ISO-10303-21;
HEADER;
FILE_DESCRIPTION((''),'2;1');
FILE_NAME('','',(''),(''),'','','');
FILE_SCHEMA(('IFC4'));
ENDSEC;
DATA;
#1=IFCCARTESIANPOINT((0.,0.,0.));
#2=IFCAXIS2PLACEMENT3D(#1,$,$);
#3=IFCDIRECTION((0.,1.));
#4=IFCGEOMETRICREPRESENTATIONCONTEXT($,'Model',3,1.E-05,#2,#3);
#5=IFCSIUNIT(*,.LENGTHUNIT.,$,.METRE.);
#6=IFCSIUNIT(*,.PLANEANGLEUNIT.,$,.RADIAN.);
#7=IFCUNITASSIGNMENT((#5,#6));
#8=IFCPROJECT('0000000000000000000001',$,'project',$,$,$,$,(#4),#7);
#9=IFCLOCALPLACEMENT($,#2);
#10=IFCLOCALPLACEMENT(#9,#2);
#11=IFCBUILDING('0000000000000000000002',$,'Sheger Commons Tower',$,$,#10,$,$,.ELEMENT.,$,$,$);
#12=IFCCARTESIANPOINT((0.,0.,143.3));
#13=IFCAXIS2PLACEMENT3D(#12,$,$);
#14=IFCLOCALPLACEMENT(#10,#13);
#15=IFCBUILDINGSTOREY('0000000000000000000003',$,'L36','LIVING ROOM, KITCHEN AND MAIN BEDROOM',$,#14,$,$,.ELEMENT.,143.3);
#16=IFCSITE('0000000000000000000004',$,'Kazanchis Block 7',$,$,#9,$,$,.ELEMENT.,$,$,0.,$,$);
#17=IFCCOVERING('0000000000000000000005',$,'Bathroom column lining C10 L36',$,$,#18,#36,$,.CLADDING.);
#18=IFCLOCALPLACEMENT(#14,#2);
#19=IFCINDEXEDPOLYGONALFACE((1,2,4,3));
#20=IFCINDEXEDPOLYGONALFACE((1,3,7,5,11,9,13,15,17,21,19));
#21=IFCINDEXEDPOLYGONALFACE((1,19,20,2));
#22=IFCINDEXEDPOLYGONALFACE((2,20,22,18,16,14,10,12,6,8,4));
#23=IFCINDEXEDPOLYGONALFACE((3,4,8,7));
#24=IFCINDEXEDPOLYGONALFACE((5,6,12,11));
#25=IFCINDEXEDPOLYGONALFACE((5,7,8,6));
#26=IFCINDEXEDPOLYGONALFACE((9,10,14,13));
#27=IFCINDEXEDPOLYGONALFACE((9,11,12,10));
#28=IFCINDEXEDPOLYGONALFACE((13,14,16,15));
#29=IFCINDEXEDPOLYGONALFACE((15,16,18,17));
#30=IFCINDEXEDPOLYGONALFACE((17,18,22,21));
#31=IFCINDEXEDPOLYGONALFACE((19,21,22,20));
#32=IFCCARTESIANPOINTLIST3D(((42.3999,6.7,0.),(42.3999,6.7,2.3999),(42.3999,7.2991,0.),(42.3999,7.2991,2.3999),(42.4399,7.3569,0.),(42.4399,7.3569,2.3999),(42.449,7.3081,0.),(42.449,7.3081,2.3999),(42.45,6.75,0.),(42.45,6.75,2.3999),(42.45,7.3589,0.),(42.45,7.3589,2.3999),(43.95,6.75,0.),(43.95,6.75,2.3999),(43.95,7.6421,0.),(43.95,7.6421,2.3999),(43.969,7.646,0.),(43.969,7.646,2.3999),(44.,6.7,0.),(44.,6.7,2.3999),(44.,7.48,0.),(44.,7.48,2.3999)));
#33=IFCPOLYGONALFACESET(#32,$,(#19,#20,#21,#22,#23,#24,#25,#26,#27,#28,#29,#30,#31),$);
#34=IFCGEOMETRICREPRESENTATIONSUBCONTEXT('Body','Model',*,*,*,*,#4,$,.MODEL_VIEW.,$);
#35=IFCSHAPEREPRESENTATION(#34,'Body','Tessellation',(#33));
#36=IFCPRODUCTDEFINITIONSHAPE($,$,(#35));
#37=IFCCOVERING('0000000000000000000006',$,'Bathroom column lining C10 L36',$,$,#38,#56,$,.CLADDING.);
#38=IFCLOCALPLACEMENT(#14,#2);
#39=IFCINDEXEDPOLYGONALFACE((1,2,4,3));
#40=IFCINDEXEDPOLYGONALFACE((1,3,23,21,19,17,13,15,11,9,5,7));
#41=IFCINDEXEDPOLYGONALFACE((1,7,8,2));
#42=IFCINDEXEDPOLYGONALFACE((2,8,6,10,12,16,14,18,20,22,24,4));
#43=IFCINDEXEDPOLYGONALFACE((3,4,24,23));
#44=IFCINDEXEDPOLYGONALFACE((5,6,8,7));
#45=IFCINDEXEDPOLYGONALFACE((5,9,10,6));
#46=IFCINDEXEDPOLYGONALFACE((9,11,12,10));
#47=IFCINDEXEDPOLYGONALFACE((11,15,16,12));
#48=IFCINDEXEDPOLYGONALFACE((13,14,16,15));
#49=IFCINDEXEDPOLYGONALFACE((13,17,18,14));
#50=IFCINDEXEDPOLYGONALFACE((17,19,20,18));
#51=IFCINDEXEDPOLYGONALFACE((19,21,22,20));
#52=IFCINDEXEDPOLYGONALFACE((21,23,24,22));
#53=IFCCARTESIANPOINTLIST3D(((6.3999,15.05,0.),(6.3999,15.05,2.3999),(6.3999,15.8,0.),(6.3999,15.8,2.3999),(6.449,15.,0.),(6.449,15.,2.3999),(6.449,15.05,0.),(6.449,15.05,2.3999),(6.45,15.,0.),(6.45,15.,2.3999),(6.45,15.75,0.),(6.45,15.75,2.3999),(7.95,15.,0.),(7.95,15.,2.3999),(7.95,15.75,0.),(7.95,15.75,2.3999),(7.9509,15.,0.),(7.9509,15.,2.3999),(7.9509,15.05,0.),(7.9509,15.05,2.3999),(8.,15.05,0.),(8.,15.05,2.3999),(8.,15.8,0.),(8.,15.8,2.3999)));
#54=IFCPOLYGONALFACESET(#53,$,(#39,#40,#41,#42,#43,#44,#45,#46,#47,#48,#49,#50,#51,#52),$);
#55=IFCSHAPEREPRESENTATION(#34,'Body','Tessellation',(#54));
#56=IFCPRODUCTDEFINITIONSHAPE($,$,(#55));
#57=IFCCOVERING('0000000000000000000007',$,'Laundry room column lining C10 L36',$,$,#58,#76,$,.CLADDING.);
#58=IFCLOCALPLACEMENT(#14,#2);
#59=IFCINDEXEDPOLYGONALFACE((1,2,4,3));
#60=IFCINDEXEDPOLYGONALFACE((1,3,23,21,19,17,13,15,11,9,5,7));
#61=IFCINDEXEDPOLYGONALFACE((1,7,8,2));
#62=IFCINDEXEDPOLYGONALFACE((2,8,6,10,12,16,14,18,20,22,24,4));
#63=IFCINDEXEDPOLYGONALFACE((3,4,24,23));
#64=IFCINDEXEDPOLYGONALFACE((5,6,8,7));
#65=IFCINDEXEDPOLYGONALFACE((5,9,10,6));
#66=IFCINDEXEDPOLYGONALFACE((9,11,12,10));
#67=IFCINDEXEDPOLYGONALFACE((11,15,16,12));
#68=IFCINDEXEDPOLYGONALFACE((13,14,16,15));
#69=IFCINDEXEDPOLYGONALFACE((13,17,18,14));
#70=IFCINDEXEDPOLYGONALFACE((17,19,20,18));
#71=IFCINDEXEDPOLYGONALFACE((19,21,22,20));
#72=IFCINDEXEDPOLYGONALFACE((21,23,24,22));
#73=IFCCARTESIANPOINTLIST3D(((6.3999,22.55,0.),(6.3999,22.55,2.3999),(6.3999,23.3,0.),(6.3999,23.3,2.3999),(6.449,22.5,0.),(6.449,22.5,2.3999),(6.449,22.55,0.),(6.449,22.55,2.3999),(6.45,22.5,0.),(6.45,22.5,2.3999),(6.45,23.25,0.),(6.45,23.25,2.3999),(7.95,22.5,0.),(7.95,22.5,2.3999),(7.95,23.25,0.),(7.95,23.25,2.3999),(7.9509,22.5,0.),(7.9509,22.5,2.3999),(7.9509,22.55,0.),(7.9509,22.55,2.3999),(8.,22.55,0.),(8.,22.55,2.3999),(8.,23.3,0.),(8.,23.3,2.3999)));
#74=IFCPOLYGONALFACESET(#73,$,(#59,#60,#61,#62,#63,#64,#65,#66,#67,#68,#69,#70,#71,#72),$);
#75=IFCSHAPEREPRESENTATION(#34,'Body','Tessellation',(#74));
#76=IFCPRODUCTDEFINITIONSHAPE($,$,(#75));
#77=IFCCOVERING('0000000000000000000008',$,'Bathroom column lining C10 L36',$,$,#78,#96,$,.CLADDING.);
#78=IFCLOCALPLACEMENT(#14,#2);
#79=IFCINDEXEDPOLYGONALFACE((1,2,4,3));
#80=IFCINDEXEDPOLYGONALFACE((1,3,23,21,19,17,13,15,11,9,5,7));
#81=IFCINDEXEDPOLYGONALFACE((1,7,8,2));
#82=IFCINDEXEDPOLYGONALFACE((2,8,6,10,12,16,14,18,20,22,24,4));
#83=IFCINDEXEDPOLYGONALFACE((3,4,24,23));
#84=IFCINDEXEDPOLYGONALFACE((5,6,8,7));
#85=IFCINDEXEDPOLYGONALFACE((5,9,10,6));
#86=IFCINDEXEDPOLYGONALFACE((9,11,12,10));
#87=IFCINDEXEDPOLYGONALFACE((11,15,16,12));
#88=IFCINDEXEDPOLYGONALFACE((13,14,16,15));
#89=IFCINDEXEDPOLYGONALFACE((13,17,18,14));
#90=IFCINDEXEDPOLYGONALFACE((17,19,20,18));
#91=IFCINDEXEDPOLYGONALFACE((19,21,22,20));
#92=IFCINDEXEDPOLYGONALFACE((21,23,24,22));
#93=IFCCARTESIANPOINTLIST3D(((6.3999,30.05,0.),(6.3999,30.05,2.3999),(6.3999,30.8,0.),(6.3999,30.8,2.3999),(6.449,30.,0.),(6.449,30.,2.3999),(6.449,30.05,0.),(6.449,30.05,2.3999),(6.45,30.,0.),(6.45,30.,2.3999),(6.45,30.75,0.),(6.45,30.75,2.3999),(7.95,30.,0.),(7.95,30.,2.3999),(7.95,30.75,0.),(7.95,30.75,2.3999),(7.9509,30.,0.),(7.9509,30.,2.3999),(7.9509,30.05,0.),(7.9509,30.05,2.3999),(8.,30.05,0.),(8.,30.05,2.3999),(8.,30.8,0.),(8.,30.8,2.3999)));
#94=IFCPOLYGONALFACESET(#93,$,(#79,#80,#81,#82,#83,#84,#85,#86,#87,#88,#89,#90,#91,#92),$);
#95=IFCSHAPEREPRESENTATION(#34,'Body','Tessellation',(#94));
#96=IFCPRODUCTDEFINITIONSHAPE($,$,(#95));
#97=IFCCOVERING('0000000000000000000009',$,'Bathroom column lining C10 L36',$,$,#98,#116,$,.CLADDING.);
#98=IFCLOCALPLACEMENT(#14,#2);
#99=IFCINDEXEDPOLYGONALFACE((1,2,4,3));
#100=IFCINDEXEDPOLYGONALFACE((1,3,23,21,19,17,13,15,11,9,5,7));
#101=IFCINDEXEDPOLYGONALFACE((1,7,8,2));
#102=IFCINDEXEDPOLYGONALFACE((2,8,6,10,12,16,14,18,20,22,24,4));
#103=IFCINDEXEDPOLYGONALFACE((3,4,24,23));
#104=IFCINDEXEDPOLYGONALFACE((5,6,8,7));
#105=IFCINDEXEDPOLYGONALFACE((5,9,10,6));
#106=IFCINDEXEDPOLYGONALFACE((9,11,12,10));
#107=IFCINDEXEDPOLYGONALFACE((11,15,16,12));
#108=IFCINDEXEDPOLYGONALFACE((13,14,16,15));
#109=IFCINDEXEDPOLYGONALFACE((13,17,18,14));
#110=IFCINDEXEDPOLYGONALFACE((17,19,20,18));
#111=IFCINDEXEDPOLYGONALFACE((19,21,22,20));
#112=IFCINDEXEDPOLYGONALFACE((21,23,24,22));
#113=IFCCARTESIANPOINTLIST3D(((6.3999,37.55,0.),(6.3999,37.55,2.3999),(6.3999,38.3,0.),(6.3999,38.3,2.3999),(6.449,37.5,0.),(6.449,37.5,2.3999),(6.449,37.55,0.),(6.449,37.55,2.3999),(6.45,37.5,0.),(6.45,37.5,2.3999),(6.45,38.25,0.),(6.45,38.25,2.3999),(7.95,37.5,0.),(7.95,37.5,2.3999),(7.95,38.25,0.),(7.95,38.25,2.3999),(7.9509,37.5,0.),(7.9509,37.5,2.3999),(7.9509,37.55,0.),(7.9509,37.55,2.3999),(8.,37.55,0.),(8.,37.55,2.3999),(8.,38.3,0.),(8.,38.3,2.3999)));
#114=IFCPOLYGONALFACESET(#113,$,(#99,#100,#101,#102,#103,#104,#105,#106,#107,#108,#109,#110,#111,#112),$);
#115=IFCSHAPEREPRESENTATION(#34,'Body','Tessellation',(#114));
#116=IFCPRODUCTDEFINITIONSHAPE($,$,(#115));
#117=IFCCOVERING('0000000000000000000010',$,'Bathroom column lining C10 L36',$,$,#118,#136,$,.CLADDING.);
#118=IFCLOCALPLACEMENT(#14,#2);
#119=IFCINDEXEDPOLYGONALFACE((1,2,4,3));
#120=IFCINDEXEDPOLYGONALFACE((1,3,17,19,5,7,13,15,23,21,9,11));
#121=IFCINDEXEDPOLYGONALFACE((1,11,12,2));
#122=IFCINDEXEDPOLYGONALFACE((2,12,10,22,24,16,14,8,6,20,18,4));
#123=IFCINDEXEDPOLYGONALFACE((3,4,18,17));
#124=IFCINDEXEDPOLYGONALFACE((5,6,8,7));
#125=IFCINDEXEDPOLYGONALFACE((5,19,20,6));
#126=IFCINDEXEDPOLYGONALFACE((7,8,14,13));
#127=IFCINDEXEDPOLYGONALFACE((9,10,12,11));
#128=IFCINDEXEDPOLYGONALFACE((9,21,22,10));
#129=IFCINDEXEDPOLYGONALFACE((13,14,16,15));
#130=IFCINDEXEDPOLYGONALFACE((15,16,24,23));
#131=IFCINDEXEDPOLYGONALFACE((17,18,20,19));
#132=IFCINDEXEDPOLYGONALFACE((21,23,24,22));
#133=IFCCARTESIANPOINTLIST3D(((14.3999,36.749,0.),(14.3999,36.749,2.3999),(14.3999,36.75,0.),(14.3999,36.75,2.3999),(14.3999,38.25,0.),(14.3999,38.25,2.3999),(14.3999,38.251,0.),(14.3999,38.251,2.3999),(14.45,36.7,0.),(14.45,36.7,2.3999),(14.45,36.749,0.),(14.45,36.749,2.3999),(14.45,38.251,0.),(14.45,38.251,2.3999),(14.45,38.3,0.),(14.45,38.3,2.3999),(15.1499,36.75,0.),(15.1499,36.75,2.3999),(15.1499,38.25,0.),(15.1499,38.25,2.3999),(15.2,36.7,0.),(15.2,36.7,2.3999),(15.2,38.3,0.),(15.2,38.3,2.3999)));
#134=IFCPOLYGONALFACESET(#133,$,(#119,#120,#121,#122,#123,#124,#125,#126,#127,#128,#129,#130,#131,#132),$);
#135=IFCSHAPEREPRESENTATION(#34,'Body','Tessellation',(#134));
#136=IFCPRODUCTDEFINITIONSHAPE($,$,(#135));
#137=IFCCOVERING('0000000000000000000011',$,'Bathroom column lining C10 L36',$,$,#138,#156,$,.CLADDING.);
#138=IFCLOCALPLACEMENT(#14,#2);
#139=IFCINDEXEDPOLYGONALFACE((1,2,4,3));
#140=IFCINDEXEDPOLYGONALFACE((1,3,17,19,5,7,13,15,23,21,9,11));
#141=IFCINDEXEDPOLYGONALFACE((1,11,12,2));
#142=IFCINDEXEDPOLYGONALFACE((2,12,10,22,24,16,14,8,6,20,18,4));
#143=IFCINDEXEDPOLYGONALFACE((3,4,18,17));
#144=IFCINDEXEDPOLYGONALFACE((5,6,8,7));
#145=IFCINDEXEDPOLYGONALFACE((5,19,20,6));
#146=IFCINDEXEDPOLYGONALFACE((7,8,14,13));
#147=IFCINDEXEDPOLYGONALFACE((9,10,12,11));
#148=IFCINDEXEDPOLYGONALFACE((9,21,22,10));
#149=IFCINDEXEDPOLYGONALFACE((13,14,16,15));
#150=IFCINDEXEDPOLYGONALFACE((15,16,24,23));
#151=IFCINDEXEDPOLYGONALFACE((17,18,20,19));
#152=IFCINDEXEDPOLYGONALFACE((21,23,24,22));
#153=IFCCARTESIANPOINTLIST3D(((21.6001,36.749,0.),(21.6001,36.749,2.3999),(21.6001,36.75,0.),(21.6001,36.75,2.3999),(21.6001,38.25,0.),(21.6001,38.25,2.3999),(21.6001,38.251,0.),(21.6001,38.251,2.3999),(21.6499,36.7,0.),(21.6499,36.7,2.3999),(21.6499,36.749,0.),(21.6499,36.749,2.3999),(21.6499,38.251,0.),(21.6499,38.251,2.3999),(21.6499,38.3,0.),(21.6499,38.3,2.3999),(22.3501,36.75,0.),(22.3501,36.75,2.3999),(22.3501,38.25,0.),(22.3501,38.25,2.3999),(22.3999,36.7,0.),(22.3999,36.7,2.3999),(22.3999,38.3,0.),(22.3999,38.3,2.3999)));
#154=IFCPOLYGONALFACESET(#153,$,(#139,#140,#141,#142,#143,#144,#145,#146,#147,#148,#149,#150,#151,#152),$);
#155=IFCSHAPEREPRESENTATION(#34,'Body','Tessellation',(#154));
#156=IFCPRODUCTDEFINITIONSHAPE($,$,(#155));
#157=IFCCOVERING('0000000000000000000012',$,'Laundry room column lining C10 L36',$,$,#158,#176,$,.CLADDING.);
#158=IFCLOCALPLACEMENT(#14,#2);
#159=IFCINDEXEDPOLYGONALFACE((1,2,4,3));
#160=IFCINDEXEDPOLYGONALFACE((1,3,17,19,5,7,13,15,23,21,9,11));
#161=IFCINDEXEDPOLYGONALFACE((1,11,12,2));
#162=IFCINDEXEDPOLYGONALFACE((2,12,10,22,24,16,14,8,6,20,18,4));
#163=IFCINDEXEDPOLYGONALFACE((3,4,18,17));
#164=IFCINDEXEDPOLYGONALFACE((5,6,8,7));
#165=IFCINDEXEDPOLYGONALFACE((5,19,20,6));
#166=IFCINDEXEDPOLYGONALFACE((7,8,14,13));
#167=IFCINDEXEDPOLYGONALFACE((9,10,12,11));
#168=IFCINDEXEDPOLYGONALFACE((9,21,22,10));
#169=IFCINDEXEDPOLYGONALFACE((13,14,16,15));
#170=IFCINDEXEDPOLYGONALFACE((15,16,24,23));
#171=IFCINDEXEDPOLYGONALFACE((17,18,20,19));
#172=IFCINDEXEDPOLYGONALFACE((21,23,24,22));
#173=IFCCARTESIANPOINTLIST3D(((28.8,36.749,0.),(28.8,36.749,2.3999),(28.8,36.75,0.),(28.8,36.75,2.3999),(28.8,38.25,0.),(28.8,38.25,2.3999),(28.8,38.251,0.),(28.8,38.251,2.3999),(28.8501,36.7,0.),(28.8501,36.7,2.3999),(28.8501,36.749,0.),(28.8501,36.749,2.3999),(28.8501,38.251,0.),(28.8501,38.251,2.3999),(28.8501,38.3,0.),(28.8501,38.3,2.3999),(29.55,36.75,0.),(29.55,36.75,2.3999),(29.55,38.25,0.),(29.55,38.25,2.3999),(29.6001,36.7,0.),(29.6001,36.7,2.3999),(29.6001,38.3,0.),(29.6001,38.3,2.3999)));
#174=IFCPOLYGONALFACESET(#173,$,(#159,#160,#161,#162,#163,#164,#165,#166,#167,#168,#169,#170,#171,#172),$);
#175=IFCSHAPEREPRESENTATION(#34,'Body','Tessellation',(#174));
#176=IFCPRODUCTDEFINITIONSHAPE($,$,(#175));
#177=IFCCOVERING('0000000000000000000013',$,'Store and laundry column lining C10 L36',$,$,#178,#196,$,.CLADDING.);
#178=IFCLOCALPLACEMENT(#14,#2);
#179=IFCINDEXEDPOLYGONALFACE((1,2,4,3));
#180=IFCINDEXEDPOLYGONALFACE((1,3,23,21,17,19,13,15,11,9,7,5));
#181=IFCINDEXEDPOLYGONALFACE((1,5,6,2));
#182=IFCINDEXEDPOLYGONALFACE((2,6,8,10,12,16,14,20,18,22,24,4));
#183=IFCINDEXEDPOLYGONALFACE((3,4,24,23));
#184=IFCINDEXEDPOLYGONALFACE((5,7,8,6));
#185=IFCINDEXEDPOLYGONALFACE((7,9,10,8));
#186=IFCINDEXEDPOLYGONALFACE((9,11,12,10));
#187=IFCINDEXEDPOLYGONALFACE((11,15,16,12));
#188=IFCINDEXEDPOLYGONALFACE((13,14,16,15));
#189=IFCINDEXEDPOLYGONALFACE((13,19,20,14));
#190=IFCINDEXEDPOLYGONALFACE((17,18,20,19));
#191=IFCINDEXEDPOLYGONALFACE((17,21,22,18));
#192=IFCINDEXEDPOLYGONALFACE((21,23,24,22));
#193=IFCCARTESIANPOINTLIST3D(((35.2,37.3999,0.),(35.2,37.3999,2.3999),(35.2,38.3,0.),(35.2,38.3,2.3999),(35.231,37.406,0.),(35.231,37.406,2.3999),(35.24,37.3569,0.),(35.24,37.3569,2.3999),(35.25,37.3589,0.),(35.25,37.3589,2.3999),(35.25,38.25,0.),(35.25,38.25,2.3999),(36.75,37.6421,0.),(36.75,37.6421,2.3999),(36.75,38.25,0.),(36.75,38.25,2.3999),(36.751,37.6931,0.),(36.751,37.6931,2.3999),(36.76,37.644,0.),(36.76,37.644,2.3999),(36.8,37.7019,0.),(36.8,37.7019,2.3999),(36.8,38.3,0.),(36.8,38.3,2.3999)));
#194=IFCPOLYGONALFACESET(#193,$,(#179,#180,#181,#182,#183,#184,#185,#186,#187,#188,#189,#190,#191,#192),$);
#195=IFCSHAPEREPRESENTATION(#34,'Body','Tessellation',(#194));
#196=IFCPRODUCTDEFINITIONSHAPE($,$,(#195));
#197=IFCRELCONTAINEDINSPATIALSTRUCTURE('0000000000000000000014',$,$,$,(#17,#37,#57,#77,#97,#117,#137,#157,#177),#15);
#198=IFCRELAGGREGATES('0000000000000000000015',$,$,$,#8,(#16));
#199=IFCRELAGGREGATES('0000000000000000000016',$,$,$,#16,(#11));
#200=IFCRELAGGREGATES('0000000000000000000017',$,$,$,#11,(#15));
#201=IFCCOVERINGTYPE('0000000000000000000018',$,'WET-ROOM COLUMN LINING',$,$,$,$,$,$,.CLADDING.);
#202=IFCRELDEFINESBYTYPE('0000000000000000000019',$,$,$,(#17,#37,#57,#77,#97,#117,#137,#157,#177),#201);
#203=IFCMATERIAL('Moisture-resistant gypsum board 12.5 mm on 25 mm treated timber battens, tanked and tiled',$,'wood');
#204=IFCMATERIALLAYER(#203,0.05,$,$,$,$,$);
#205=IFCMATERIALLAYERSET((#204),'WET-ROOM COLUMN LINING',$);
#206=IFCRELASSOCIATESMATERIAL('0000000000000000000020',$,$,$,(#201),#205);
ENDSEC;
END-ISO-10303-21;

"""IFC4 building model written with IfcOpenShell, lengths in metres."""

from ifc_helpers import new_model, si_unit, direction, frame, origin, place, context, subcontext, project, spatial, polyline, outline, extrude, material, layer, layer_set, type_object, element, save


model = new_model("IFC4")

# Units and contexts
model_context = context("Model", 3, precision=1e-05, world=origin(), true_north=direction((0.0, 1.0)))
body_context = subcontext(model_context, "Body", "Model", "MODEL_VIEW")
ifc_project = project(units=[si_unit("LENGTHUNIT", "METRE"), si_unit("PLANEANGLEUNIT", "RADIAN")], contexts=[model_context])

# Site, building, storey
site_placement = place(None, origin())
site = spatial("IfcSite", under=ifc_project, at=site_placement, Name="Kazanchis Block 7", CompositionType="ELEMENT", RefElevation=0.0)
building_placement = place(site_placement, origin())
building = spatial("IfcBuilding", under=site, at=building_placement, Name="Sheger Commons Tower", CompositionType="ELEMENT")
storey_placement = place(building_placement, frame((0.0, 0.0, 143.3)))
storey = spatial("IfcBuildingStorey", under=building, at=storey_placement, Name="L36", Description="LIVING ROOM, KITCHEN AND MAIN BEDROOM", CompositionType="ELEMENT", Elevation=143.3)

# Coverings
ifc_material_1 = material(Name="Moisture-resistant gypsum board 12.5 mm on 25 mm treated timber battens, tanked and tiled", Category="wood")
ifc_layer_1 = layer(ifc_material_1, 0.05)
ifc_layer_set_1 = layer_set([ifc_layer_1], Name="WET-ROOM COLUMN LINING")
covering_type_1 = type_object("IfcCoveringType", Name="WET-ROOM COLUMN LINING", PredefinedType="CLADDING", material=ifc_layer_set_1)
covering_1_placement = place(storey_placement, origin())
element("IfcCovering", 1, at=covering_1_placement, inside=storey, type_object=covering_type_1, Name="Bathroom column lining C10 L36", PredefinedType="CLADDING", context=body_context, shape_type="SweptSolid", body=[
    extrude(outline(polyline([(42.45, 7.3589), (42.45, 6.75), (43.95, 6.75), (43.95, 7.6421), (43.969, 7.646), (44.0, 7.48), (44.0, 6.7), (42.3999, 6.7), (42.3999, 7.2991), (42.449, 7.3081), (42.4399, 7.3569), (42.45, 7.3589)])), origin(), (0.0, 0.0, 1.0), 2.3999),
])
covering_2_placement = place(storey_placement, origin())
element("IfcCovering", 2, at=covering_2_placement, inside=storey, type_object=covering_type_1, Name="Bathroom column lining C10 L36", PredefinedType="CLADDING", context=body_context, shape_type="SweptSolid", body=[
    extrude(outline(polyline([(8.0, 15.8), (8.0, 15.05), (7.9509, 15.05), (7.9509, 15.0), (7.95, 15.0), (7.95, 15.75), (6.45, 15.75), (6.45, 15.0), (6.449, 15.0), (6.449, 15.05), (6.3999, 15.05), (6.3999, 15.8), (8.0, 15.8)])), origin(), (0.0, 0.0, 1.0), 2.3999),
])
covering_3_placement = place(storey_placement, origin())
element("IfcCovering", 3, at=covering_3_placement, inside=storey, type_object=covering_type_1, Name="Laundry room column lining C10 L36", PredefinedType="CLADDING", context=body_context, shape_type="SweptSolid", body=[
    extrude(outline(polyline([(8.0, 23.3), (8.0, 22.55), (7.9509, 22.55), (7.9509, 22.5), (7.95, 22.5), (7.95, 23.25), (6.45, 23.25), (6.45, 22.5), (6.449, 22.5), (6.449, 22.55), (6.3999, 22.55), (6.3999, 23.3), (8.0, 23.3)])), origin(), (0.0, 0.0, 1.0), 2.3999),
])
covering_4_placement = place(storey_placement, origin())
element("IfcCovering", 4, at=covering_4_placement, inside=storey, type_object=covering_type_1, Name="Bathroom column lining C10 L36", PredefinedType="CLADDING", context=body_context, shape_type="SweptSolid", body=[
    extrude(outline(polyline([(8.0, 30.8), (8.0, 30.05), (7.9509, 30.05), (7.9509, 30.0), (7.95, 30.0), (7.95, 30.75), (6.45, 30.75), (6.45, 30.0), (6.449, 30.0), (6.449, 30.05), (6.3999, 30.05), (6.3999, 30.8), (8.0, 30.8)])), origin(), (0.0, 0.0, 1.0), 2.3999),
])
covering_5_placement = place(storey_placement, origin())
element("IfcCovering", 5, at=covering_5_placement, inside=storey, type_object=covering_type_1, Name="Bathroom column lining C10 L36", PredefinedType="CLADDING", context=body_context, shape_type="SweptSolid", body=[
    extrude(outline(polyline([(8.0, 38.3), (8.0, 37.55), (7.9509, 37.55), (7.9509, 37.5), (7.95, 37.5), (7.95, 38.25), (6.45, 38.25), (6.45, 37.5), (6.449, 37.5), (6.449, 37.55), (6.3999, 37.55), (6.3999, 38.3), (8.0, 38.3)])), origin(), (0.0, 0.0, 1.0), 2.3999),
])
covering_6_placement = place(storey_placement, origin())
element("IfcCovering", 6, at=covering_6_placement, inside=storey, type_object=covering_type_1, Name="Bathroom column lining C10 L36", PredefinedType="CLADDING", context=body_context, shape_type="SweptSolid", body=[
    extrude(outline(polyline([(15.2, 36.7), (14.45, 36.7), (14.45, 36.749), (14.3999, 36.749), (14.3999, 36.75), (15.1499, 36.75), (15.1499, 38.25), (14.3999, 38.25), (14.3999, 38.251), (14.45, 38.251), (14.45, 38.3), (15.2, 38.3), (15.2, 36.7)])), origin(), (0.0, 0.0, 1.0), 2.3999),
])
covering_7_placement = place(storey_placement, origin())
element("IfcCovering", 7, at=covering_7_placement, inside=storey, type_object=covering_type_1, Name="Bathroom column lining C10 L36", PredefinedType="CLADDING", context=body_context, shape_type="SweptSolid", body=[
    extrude(outline(polyline([(22.3999, 36.7), (21.6499, 36.7), (21.6499, 36.749), (21.6001, 36.749), (21.6001, 36.75), (22.3501, 36.75), (22.3501, 38.25), (21.6001, 38.25), (21.6001, 38.251), (21.6499, 38.251), (21.6499, 38.3), (22.3999, 38.3), (22.3999, 36.7)])), origin(), (0.0, 0.0, 1.0), 2.3999),
])
covering_8_placement = place(storey_placement, origin())
element("IfcCovering", 8, at=covering_8_placement, inside=storey, type_object=covering_type_1, Name="Laundry room column lining C10 L36", PredefinedType="CLADDING", context=body_context, shape_type="SweptSolid", body=[
    extrude(outline(polyline([(29.6001, 36.7), (28.8501, 36.7), (28.8501, 36.749), (28.8, 36.749), (28.8, 36.75), (29.55, 36.75), (29.55, 38.25), (28.8, 38.25), (28.8, 38.251), (28.8501, 38.251), (28.8501, 38.3), (29.6001, 38.3), (29.6001, 36.7)])), origin(), (0.0, 0.0, 1.0), 2.3999),
])
covering_9_placement = place(storey_placement, origin())
element("IfcCovering", 9, at=covering_9_placement, inside=storey, type_object=covering_type_1, Name="Store and laundry column lining C10 L36", PredefinedType="CLADDING", context=body_context, shape_type="SweptSolid", body=[
    extrude(outline(polyline([(36.8, 38.3), (36.8, 37.7019), (36.751, 37.6931), (36.76, 37.644), (36.75, 37.6421), (36.75, 38.25), (35.25, 38.25), (35.25, 37.3589), (35.24, 37.3569), (35.231, 37.406), (35.2, 37.3999), (35.2, 38.3), (36.8, 38.3)])), origin(), (0.0, 0.0, 1.0), 2.3999),
])

save(model, "model.ifc")
